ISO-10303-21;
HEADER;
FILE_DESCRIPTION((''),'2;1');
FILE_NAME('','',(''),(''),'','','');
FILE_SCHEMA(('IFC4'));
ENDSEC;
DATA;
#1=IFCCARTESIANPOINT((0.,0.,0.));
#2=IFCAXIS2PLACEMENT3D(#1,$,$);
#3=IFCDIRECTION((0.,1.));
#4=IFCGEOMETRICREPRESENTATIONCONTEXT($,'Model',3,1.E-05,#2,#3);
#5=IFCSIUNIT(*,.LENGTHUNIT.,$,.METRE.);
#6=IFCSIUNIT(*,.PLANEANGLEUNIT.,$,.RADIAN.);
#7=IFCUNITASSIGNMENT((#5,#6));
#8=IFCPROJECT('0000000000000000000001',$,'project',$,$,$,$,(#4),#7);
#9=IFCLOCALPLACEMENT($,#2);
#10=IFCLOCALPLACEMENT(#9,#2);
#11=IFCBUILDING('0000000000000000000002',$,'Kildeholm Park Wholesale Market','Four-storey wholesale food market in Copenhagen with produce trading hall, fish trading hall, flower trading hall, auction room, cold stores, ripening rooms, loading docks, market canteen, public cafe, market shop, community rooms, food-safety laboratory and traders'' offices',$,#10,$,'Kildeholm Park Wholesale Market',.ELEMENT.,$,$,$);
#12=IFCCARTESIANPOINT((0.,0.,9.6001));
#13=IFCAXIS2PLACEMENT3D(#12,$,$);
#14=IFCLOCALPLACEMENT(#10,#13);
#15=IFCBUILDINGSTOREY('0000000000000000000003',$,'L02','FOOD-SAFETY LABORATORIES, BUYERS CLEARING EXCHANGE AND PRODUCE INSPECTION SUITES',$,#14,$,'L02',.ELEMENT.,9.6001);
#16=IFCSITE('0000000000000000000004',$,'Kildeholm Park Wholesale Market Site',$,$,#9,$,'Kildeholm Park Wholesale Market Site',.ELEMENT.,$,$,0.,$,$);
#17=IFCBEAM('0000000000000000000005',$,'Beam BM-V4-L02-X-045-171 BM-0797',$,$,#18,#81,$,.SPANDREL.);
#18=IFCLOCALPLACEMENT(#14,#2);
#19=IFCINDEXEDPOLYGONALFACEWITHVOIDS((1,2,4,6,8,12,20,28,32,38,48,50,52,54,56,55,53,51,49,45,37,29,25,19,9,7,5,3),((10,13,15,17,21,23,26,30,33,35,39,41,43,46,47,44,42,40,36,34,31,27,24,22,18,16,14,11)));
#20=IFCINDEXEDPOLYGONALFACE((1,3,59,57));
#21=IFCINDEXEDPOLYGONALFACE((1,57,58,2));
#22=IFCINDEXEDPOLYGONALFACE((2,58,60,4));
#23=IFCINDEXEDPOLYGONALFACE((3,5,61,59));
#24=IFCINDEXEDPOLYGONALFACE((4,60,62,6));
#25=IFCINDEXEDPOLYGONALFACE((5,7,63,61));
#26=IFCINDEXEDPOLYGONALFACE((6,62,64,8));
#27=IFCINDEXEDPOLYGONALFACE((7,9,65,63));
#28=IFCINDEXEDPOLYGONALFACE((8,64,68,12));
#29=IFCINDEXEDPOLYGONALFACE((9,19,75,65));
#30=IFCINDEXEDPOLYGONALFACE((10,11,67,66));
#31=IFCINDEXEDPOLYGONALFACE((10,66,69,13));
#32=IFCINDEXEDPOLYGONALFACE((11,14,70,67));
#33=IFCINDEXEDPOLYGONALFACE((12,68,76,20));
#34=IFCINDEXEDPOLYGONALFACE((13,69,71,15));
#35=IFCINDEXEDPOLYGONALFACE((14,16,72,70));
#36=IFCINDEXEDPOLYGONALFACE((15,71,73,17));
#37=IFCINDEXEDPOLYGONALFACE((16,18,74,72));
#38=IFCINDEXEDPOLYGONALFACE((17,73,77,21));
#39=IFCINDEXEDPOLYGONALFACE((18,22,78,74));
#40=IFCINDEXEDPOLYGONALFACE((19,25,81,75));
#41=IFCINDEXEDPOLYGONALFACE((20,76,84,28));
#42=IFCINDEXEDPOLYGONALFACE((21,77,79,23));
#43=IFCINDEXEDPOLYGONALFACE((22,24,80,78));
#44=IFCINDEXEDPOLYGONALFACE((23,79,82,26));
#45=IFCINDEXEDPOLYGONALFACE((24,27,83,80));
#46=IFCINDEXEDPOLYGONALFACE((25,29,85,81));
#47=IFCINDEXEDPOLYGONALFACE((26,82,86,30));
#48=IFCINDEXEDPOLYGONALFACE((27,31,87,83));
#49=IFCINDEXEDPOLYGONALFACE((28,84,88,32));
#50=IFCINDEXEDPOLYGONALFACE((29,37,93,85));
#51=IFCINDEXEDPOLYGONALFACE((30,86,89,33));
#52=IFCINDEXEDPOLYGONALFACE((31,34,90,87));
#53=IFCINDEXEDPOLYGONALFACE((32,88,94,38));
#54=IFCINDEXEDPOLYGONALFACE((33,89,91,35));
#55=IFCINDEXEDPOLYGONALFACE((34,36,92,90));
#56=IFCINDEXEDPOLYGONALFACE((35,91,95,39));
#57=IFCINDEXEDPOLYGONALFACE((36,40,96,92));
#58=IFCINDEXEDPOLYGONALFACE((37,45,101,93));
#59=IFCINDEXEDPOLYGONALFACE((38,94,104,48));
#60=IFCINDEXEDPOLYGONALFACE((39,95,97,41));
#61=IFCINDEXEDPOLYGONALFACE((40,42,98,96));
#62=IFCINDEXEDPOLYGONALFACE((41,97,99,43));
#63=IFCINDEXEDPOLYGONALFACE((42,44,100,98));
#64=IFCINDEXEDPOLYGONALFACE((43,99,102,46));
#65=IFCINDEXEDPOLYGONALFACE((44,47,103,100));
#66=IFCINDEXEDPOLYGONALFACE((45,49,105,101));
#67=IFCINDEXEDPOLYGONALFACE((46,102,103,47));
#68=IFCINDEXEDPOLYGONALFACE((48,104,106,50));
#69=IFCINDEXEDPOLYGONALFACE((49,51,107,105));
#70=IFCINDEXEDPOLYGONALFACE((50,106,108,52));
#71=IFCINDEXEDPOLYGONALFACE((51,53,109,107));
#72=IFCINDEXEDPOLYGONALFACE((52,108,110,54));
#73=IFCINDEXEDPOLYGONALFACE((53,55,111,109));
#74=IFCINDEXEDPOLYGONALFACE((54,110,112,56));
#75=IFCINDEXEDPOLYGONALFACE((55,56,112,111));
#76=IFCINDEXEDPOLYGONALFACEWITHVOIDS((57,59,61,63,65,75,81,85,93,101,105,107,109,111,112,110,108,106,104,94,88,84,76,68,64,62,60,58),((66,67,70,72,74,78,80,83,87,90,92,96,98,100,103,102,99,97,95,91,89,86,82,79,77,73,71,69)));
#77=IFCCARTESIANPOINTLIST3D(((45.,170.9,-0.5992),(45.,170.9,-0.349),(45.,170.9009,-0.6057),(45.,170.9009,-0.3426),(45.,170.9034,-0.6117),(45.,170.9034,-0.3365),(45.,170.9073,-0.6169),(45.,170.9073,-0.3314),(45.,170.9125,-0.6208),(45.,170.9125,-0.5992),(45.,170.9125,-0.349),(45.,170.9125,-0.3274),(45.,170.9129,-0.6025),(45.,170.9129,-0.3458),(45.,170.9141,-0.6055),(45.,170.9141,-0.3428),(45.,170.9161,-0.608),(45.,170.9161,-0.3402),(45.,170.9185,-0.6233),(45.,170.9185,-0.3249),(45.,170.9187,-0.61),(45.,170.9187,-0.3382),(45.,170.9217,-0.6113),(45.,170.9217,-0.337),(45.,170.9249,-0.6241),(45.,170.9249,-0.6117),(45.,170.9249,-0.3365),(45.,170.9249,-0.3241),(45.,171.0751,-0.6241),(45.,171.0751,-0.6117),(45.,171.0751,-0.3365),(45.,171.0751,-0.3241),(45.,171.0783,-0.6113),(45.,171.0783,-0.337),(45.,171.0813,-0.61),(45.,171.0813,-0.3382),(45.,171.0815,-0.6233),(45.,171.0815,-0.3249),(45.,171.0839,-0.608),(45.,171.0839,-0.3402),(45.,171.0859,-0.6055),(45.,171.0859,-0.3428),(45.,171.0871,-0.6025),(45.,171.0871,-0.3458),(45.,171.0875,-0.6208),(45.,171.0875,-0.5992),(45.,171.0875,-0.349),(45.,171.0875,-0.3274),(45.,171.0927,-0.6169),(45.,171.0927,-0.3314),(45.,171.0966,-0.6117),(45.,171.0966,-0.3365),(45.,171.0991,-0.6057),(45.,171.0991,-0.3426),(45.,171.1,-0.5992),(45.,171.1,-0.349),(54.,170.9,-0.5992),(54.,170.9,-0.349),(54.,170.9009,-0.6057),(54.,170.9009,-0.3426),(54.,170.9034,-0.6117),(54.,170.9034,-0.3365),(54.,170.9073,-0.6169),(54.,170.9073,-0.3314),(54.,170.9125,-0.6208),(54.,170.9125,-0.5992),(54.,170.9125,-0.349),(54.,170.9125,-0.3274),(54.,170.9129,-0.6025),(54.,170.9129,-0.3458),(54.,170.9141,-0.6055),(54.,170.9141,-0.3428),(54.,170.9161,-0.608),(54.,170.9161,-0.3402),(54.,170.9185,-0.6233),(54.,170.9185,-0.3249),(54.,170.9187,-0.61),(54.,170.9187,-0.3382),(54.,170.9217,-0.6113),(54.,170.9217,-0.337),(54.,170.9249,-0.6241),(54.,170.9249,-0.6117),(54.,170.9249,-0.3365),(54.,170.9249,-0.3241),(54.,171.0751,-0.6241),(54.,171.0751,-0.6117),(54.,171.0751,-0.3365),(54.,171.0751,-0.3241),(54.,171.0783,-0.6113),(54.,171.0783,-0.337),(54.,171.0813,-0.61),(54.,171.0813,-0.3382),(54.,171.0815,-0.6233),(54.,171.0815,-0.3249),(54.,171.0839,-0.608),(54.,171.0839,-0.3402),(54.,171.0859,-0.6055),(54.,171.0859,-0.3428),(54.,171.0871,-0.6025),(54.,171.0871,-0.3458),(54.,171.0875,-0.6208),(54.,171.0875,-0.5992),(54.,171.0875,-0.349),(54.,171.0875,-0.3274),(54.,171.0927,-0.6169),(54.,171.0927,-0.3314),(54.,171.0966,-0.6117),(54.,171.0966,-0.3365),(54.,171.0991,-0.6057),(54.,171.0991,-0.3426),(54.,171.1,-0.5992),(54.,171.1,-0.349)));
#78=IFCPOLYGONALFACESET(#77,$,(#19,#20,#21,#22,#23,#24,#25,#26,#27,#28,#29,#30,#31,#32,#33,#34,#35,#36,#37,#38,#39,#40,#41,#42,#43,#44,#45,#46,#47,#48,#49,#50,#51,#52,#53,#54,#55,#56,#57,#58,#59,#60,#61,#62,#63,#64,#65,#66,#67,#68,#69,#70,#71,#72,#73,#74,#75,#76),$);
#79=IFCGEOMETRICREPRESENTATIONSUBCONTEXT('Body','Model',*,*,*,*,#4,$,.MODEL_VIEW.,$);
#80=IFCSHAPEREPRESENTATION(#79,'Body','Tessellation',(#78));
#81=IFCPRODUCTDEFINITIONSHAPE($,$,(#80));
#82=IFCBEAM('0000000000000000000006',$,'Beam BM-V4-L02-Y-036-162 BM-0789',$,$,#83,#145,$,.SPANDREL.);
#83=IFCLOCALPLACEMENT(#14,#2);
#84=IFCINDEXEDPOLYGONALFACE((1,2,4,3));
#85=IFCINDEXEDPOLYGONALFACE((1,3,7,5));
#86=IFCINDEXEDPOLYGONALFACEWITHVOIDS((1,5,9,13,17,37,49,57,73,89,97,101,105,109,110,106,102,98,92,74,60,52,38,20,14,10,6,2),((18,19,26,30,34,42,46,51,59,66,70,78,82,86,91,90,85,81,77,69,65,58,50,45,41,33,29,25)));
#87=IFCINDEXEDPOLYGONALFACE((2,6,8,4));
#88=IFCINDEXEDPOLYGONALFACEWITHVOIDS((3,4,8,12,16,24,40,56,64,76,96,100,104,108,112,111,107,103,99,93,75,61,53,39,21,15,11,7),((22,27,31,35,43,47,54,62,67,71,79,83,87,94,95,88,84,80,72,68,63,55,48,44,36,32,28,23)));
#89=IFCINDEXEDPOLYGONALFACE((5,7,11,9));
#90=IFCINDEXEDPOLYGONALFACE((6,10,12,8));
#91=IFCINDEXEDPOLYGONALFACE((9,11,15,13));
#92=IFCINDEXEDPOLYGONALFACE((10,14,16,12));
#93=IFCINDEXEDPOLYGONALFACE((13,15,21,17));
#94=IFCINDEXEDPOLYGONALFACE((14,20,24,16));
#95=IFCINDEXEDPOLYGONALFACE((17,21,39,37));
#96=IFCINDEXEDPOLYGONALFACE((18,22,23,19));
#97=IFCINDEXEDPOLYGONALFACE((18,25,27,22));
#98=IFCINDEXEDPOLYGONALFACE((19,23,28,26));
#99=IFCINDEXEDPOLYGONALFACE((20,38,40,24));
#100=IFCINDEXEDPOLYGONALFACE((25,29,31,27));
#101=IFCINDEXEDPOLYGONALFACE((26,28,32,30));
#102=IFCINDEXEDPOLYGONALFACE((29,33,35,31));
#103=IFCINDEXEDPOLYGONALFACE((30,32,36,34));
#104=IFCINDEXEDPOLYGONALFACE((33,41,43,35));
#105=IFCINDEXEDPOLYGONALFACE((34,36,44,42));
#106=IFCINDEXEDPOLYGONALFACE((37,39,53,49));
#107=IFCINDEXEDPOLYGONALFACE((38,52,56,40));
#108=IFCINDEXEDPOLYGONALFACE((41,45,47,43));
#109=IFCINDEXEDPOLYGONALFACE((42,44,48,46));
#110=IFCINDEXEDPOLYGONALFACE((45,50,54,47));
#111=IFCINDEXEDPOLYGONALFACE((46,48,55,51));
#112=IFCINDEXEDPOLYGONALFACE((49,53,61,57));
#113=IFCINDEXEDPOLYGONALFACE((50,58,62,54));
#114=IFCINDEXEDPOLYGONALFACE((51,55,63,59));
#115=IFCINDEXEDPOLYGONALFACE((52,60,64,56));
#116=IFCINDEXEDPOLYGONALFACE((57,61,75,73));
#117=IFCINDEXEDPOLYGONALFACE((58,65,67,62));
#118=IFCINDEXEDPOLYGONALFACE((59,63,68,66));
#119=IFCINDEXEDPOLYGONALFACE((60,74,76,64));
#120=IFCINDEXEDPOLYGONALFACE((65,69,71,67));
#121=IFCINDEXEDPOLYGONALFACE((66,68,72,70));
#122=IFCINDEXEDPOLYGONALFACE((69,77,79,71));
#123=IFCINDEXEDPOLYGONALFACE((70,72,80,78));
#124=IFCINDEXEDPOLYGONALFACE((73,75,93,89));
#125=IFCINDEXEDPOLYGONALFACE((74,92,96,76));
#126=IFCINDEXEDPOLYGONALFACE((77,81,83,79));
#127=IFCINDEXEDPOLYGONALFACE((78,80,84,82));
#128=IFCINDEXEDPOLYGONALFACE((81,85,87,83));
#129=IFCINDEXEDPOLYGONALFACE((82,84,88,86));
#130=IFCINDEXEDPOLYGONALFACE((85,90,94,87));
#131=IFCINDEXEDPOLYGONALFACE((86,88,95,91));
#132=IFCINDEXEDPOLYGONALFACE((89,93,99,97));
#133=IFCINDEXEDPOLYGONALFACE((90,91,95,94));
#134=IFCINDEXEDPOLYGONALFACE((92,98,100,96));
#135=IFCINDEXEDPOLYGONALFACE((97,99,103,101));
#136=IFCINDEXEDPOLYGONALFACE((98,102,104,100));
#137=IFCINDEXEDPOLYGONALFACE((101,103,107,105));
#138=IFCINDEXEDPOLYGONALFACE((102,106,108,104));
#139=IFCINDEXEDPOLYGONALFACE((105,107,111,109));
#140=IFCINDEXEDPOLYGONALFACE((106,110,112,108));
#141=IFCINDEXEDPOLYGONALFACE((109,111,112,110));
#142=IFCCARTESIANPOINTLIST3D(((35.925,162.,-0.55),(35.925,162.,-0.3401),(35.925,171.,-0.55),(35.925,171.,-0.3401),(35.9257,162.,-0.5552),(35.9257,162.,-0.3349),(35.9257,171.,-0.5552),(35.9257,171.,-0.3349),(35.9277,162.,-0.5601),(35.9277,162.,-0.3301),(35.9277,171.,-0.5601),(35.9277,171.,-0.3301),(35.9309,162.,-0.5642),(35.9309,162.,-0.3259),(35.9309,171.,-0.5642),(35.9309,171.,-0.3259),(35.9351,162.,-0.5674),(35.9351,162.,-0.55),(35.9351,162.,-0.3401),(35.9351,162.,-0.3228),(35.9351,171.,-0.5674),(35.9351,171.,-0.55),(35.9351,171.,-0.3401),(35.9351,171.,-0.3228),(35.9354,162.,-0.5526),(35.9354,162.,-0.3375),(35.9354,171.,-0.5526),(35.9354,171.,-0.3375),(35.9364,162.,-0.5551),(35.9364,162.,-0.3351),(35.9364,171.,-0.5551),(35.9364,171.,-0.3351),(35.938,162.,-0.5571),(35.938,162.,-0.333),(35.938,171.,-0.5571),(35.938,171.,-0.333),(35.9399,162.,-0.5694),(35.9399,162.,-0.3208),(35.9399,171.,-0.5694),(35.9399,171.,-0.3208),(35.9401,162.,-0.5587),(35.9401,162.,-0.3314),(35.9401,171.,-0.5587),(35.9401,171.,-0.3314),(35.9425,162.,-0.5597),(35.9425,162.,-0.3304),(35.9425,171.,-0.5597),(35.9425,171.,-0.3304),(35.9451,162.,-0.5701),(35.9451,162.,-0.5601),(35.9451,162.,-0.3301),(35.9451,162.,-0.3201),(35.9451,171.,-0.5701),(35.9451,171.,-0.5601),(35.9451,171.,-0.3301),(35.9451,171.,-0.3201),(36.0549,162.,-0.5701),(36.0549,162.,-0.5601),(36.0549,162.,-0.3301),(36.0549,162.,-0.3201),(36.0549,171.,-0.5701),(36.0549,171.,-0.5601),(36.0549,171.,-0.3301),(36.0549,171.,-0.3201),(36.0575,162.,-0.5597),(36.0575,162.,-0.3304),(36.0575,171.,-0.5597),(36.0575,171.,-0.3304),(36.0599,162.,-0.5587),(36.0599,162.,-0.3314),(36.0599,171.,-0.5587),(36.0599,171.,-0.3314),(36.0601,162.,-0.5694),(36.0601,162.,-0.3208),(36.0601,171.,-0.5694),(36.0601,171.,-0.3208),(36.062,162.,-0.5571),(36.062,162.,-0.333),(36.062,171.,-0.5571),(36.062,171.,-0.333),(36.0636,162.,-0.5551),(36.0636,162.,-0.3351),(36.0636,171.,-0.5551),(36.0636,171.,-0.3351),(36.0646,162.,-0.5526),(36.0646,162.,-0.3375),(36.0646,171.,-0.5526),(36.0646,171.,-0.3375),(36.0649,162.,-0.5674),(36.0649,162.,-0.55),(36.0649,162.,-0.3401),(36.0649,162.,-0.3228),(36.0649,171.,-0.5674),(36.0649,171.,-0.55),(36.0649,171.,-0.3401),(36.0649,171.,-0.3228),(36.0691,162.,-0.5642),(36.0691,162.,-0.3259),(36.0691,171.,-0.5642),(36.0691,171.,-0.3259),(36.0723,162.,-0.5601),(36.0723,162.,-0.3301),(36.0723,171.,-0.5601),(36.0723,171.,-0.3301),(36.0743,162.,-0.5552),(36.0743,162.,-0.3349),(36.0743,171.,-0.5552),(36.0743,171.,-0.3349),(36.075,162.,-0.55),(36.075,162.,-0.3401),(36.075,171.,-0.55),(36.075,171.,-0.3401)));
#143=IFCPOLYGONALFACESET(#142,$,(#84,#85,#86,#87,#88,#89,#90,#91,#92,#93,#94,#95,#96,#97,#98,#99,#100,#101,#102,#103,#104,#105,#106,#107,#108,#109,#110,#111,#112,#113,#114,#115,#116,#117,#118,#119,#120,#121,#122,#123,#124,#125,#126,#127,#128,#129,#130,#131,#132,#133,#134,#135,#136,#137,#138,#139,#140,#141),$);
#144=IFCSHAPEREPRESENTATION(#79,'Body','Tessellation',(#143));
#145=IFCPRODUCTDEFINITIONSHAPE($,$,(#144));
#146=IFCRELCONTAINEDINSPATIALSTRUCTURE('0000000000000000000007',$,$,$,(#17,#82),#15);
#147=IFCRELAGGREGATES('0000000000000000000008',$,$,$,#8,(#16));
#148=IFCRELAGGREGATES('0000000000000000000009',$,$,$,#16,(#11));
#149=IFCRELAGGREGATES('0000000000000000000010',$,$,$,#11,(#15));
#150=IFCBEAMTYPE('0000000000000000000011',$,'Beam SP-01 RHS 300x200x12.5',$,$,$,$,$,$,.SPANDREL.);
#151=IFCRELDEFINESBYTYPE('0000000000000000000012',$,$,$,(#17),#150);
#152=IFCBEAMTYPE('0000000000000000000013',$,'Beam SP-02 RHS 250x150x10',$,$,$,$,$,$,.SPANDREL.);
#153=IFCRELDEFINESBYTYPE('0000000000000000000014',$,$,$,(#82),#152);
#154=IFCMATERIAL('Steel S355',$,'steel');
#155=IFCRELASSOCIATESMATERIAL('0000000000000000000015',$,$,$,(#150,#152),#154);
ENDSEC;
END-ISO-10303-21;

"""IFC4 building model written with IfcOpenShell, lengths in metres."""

from ifc_helpers import new_model, si_unit, direction, frame, origin, origin_2d, place, context, subcontext, project, spatial, hollow_rectangle, extrude, material, material_profile, profile_set, type_object, element, save


model = new_model("IFC4")

# Units and contexts
model_context = context("Model", 3, precision=1e-05, world=origin(), true_north=direction((0.0, 1.0)))
body_context = subcontext(model_context, "Body", "Model", "MODEL_VIEW")
ifc_project = project(units=[si_unit("LENGTHUNIT", "METRE"), si_unit("PLANEANGLEUNIT", "RADIAN")], contexts=[model_context])

# Site, building, storey
site_placement = place(None, origin())
site = spatial("IfcSite", under=ifc_project, at=site_placement, Name="Kildeholm Park Wholesale Market Site", LongName="Kildeholm Park Wholesale Market Site", CompositionType="ELEMENT", RefElevation=0.0)
building_placement = place(site_placement, origin())
building = spatial("IfcBuilding", under=site, at=building_placement, Name="Kildeholm Park Wholesale Market", Description="Four-storey wholesale food market in Copenhagen with produce trading hall, fish trading hall, flower trading hall, auction room, cold stores, ripening rooms, loading docks, market canteen, public cafe, market shop, community rooms, food-safety laboratory and traders' offices", LongName="Kildeholm Park Wholesale Market", CompositionType="ELEMENT")
storey_placement = place(building_placement, frame((0.0, 0.0, 9.6001)))
storey = spatial("IfcBuildingStorey", under=building, at=storey_placement, Name="L02", Description="FOOD-SAFETY LABORATORIES, BUYERS CLEARING EXCHANGE AND PRODUCE INSPECTION SUITES", LongName="L02", CompositionType="ELEMENT", Elevation=9.6001)

# Beams
ifc_material_1 = material(Name="Steel S355", Category="steel")
ifc_material_profile_1 = material_profile(ifc_material_1, hollow_rectangle(XDim=0.2, YDim=0.3, WallThickness=0.0125, InnerFilletRadius=0.0125, OuterFilletRadius=0.0249, at=origin_2d()), Name="RHS 300x200x12.5")
ifc_profile_set_1 = profile_set([ifc_material_profile_1], Name="Steel S355")
beam_type_1 = type_object("IfcBeamType", Name="Beam SP-01 RHS 300x200x12.5", PredefinedType="SPANDREL", material=ifc_profile_set_1)
for number, where, z_axis, x_axis, name in (
    (1, (45.0, 171.0, -0.4741), (1.0, 0.0, 0.0), (0.0, 1.0, 0.0), "Beam BM-V4-L02-X-045-171 BM-0797"),
):
    element("IfcBeam", number, at=place(storey_placement, frame(where, z_axis=z_axis, x_axis=x_axis)), inside=storey, type_object=beam_type_1, Name=name, PredefinedType="SPANDREL", context=body_context, shape_type="SweptSolid", body=[
        extrude(hollow_rectangle(XDim=0.2, YDim=0.3, WallThickness=0.0125, InnerFilletRadius=0.0125, OuterFilletRadius=0.0249, at=origin_2d()), origin(), (0.0, 0.0, 1.0), 9.0),
    ])
ifc_material_profile_2 = material_profile(ifc_material_1, hollow_rectangle(XDim=0.1499, YDim=0.25, WallThickness=0.01, InnerFilletRadius=0.01, OuterFilletRadius=0.02, at=origin_2d()), Name="RHS 250x150x10")
ifc_profile_set_2 = profile_set([ifc_material_profile_2], Name="Steel S355")
beam_type_2 = type_object("IfcBeamType", Name="Beam SP-02 RHS 250x150x10", PredefinedType="SPANDREL", material=ifc_profile_set_2)
beam_1_placement = place(storey_placement, frame((36.0, 162.0, -0.4451), z_axis=(0.0, 1.0, 0.0), x_axis=(-1.0, 0.0, 0.0)))
element("IfcBeam", 2, at=beam_1_placement, inside=storey, type_object=beam_type_2, Name="Beam BM-V4-L02-Y-036-162 BM-0789", PredefinedType="SPANDREL", context=body_context, shape_type="SweptSolid", body=[
    extrude(hollow_rectangle(XDim=0.1499, YDim=0.25, WallThickness=0.01, InnerFilletRadius=0.01, OuterFilletRadius=0.02, at=origin_2d()), origin(), (0.0, 0.0, 1.0), 9.0),
])

save(model, "model.ifc")
